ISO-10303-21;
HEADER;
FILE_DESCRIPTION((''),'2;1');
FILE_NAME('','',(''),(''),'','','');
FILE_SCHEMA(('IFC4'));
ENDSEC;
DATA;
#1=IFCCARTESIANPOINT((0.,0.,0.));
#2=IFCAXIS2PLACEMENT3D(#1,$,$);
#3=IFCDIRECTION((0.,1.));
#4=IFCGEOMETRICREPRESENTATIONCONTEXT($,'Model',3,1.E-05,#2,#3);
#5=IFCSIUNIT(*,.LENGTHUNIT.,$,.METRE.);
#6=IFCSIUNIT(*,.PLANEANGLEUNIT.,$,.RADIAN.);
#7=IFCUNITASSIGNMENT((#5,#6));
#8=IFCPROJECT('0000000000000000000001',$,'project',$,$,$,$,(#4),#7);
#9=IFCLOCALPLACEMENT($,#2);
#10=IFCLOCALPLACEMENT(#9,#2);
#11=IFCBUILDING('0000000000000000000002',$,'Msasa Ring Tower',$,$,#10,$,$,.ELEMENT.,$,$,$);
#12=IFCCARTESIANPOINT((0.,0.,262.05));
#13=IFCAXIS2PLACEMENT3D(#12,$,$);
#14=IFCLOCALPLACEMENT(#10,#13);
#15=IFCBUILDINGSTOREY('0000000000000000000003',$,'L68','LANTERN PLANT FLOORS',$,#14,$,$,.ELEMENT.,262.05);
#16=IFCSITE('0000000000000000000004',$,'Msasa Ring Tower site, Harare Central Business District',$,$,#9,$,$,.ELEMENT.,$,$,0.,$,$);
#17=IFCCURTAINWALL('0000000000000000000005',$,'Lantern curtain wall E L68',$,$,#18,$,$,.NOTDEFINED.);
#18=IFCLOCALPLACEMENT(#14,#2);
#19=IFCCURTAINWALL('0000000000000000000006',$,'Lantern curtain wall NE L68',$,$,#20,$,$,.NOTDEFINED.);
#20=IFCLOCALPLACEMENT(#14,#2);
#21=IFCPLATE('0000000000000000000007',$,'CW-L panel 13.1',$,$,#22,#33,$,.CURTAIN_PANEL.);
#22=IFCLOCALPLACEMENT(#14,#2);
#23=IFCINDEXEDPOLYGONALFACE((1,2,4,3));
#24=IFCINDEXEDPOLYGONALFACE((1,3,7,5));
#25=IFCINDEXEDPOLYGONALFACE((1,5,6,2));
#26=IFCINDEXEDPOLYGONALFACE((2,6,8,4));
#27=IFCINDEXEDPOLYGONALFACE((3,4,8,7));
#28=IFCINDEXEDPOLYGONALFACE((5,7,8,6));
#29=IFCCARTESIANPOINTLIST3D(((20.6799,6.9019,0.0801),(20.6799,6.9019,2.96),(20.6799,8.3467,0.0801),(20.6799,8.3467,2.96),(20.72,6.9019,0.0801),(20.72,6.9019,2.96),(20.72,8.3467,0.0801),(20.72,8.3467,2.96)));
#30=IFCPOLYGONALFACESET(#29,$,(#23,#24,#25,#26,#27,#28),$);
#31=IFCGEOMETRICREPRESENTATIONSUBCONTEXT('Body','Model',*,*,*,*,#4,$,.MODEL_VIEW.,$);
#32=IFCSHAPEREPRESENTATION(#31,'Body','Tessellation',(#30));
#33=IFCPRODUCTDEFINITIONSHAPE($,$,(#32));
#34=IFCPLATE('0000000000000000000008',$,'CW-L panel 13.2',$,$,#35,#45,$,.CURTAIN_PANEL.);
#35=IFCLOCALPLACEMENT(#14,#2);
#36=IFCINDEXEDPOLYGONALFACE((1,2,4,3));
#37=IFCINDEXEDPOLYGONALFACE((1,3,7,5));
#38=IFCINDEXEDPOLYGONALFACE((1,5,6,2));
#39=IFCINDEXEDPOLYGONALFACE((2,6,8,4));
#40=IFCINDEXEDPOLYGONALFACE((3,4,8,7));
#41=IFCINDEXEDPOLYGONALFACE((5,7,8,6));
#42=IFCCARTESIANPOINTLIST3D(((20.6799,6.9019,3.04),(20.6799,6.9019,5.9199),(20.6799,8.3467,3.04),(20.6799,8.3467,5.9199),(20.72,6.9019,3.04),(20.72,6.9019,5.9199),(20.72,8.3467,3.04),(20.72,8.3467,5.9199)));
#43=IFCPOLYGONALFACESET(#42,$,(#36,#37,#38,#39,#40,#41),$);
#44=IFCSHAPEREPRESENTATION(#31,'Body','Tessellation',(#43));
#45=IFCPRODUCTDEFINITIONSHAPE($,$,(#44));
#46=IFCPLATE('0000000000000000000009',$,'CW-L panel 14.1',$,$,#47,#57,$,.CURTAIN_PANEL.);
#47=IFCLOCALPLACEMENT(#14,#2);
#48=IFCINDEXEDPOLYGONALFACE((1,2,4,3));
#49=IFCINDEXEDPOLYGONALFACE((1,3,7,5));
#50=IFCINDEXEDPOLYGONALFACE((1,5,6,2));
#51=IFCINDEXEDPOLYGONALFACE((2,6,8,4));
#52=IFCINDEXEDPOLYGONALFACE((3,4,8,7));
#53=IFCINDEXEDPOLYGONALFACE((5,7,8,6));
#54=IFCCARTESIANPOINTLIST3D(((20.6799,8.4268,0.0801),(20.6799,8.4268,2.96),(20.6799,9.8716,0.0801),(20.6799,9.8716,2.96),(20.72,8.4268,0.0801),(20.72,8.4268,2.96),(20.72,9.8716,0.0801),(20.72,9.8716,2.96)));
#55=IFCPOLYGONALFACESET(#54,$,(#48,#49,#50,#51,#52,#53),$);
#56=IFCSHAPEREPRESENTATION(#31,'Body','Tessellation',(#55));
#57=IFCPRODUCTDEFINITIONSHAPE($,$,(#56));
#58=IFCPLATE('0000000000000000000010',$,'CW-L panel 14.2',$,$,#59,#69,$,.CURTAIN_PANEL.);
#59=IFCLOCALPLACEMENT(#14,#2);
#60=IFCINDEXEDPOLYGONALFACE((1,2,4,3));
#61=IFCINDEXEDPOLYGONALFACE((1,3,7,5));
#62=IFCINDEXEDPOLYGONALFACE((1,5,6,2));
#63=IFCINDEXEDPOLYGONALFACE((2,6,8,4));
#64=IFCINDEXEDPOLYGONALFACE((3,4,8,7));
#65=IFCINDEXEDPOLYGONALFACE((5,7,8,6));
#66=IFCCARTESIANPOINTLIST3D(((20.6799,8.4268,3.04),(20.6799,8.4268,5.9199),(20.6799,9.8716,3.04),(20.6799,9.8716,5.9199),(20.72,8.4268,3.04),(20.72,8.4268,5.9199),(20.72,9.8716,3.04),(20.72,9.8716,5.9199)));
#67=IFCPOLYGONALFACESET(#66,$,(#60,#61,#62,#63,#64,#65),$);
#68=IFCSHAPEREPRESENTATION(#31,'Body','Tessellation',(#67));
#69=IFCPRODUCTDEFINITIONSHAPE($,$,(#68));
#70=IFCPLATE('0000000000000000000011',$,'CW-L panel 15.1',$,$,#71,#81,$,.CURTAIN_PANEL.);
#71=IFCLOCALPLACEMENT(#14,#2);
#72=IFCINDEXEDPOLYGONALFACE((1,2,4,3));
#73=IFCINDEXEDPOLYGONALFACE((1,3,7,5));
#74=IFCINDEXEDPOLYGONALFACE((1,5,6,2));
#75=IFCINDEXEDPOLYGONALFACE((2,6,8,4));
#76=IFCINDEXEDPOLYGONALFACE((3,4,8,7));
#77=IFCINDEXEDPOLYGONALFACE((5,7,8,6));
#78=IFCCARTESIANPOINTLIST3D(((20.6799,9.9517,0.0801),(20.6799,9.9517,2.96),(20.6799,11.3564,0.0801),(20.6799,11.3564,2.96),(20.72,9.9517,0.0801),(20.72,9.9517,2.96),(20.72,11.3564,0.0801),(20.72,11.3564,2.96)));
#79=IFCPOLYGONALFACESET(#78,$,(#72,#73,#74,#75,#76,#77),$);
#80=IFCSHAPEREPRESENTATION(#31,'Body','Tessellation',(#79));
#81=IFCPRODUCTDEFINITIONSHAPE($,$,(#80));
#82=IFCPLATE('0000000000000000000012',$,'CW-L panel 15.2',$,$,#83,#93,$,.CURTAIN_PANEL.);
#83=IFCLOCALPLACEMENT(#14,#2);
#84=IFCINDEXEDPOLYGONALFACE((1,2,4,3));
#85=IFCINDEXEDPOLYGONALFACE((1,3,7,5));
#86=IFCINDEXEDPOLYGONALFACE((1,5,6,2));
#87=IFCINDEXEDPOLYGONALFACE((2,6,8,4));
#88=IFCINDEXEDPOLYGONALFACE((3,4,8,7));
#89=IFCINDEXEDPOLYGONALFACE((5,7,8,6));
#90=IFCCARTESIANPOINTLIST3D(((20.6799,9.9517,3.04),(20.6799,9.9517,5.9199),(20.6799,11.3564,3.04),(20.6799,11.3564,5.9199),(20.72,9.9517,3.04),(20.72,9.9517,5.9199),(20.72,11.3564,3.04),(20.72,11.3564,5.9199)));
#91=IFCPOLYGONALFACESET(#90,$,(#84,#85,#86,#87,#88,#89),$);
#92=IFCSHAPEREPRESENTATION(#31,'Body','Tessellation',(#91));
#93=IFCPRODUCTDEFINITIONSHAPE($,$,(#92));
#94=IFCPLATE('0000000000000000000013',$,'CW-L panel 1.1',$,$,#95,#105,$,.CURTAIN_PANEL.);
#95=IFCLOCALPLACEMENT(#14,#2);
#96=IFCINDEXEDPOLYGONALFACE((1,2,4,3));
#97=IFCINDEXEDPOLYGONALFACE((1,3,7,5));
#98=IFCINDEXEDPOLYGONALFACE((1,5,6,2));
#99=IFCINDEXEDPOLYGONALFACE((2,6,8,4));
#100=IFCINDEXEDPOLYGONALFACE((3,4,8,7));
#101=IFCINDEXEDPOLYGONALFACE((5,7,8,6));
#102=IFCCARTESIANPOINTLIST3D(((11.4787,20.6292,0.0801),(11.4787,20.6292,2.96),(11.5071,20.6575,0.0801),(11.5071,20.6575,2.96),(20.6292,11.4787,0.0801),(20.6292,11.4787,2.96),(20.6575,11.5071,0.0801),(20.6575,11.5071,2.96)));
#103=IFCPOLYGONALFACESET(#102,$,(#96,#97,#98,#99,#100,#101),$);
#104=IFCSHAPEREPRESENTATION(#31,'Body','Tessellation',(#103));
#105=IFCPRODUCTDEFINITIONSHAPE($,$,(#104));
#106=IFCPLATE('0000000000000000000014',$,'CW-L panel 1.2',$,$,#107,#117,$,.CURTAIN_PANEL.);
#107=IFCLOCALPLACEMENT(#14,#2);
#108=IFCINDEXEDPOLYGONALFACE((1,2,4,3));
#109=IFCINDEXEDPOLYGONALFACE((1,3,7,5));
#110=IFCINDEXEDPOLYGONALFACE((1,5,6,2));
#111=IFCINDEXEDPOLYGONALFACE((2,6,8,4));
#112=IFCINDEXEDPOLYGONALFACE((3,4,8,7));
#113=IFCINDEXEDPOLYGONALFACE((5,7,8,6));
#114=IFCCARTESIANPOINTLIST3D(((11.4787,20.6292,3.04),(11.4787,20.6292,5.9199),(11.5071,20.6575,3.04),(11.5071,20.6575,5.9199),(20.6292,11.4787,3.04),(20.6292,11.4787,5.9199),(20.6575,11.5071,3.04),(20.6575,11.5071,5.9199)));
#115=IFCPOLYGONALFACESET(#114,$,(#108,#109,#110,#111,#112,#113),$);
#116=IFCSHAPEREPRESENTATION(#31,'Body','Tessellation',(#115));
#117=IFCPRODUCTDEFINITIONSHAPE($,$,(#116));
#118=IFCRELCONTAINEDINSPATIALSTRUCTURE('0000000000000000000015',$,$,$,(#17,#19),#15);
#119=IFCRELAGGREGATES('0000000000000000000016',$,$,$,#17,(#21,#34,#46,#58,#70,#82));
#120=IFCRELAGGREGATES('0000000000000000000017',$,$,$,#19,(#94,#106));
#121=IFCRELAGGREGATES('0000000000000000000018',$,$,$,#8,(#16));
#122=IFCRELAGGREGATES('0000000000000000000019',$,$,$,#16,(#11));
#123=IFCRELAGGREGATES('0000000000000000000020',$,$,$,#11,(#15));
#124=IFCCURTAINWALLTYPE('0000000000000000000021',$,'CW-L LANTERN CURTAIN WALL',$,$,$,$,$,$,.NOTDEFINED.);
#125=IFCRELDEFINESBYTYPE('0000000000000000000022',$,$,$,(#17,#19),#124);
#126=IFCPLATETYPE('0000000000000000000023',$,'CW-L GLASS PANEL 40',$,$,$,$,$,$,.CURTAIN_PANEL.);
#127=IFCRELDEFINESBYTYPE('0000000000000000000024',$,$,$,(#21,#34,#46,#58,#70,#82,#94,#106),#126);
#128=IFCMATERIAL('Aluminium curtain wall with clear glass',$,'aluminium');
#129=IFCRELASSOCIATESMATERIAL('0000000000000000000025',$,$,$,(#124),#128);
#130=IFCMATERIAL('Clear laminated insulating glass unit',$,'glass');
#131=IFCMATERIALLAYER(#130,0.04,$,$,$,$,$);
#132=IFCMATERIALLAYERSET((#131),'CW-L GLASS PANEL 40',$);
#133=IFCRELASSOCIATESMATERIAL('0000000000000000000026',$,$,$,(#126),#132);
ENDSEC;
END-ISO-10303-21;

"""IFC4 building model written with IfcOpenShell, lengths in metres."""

from ifc_helpers import new_model, si_unit, direction, frame, origin, origin_2d, place, context, subcontext, project, spatial, rectangle, extrude, material, layer, layer_set, type_object, element, aggregate, save


model = new_model("IFC4")

# Units and contexts
model_context = context("Model", 3, precision=1e-05, world=origin(), true_north=direction((0.0, 1.0)))
body_context = subcontext(model_context, "Body", "Model", "MODEL_VIEW")
ifc_project = project(units=[si_unit("LENGTHUNIT", "METRE"), si_unit("PLANEANGLEUNIT", "RADIAN")], contexts=[model_context])

# Site, building, storey
site_placement = place(None, origin())
site = spatial("IfcSite", under=ifc_project, at=site_placement, Name="Msasa Ring Tower site, Harare Central Business District", CompositionType="ELEMENT", RefElevation=0.0)
building_placement = place(site_placement, origin())
building = spatial("IfcBuilding", under=site, at=building_placement, Name="Msasa Ring Tower", CompositionType="ELEMENT")
storey_placement = place(building_placement, frame((0.0, 0.0, 262.05)))
storey = spatial("IfcBuildingStorey", under=building, at=storey_placement, Name="L68", Description="LANTERN PLANT FLOORS", CompositionType="ELEMENT", Elevation=262.05)

# Curtain walls
ifc_material_1 = material(Name="Aluminium curtain wall with clear glass", Category="aluminium")
curtain_wall_type = type_object("IfcCurtainWallType", Name="CW-L LANTERN CURTAIN WALL", PredefinedType="NOTDEFINED", material=ifc_material_1)
curtain_wall_1_placement = place(storey_placement, origin())
curtain_wall_1 = element("IfcCurtainWall", 1, at=curtain_wall_1_placement, inside=storey, type_object=curtain_wall_type, Name="Lantern curtain wall E L68", PredefinedType="NOTDEFINED")
curtain_wall_2_placement = place(storey_placement, origin())
curtain_wall_2 = element("IfcCurtainWall", 2, at=curtain_wall_2_placement, inside=storey, type_object=curtain_wall_type, Name="Lantern curtain wall NE L68", PredefinedType="NOTDEFINED")

# Plates
ifc_material_2 = material(Name="Clear laminated insulating glass unit", Category="glass")
ifc_layer = layer(ifc_material_2, 0.04)
ifc_layer_set = layer_set([ifc_layer], Name="CW-L GLASS PANEL 40")
plate_type = type_object("IfcPlateType", Name="CW-L GLASS PANEL 40", PredefinedType="CURTAIN_PANEL", material=ifc_layer_set)
plate_1_placement = place(storey_placement, frame((20.7, 7.6243, 0.0801), z_axis=(0.0, 0.0, 1.0), x_axis=(0.0, 1.0, 0.0)))
plate_1 = element("IfcPlate", 3, at=plate_1_placement, type_object=plate_type, Name="CW-L panel 13.1", PredefinedType="CURTAIN_PANEL", context=body_context, shape_type="SweptSolid", body=[
    extrude(rectangle(XDim=1.4448, YDim=0.04, at=origin_2d()), origin(), (0.0, 0.0, 1.0), 2.8799),
])
plate_2_placement = place(storey_placement, frame((20.7, 7.6243, 3.04), z_axis=(0.0, 0.0, 1.0), x_axis=(0.0, 1.0, 0.0)))
plate_2 = element("IfcPlate", 4, at=plate_2_placement, type_object=plate_type, Name="CW-L panel 13.2", PredefinedType="CURTAIN_PANEL", context=body_context, shape_type="SweptSolid", body=[
    extrude(rectangle(XDim=1.4448, YDim=0.04, at=origin_2d()), origin(), (0.0, 0.0, 1.0), 2.8799),
])
plate_3_placement = place(storey_placement, frame((20.7, 9.1492, 0.0801), z_axis=(0.0, 0.0, 1.0), x_axis=(0.0, 1.0, 0.0)))
plate_3 = element("IfcPlate", 5, at=plate_3_placement, type_object=plate_type, Name="CW-L panel 14.1", PredefinedType="CURTAIN_PANEL", context=body_context, shape_type="SweptSolid", body=[
    extrude(rectangle(XDim=1.4448, YDim=0.04, at=origin_2d()), origin(), (0.0, 0.0, 1.0), 2.8799),
])
plate_4_placement = place(storey_placement, frame((20.7, 9.1492, 3.04), z_axis=(0.0, 0.0, 1.0), x_axis=(0.0, 1.0, 0.0)))
plate_4 = element("IfcPlate", 6, at=plate_4_placement, type_object=plate_type, Name="CW-L panel 14.2", PredefinedType="CURTAIN_PANEL", context=body_context, shape_type="SweptSolid", body=[
    extrude(rectangle(XDim=1.4448, YDim=0.04, at=origin_2d()), origin(), (0.0, 0.0, 1.0), 2.8799),
])
plate_5_placement = place(storey_placement, frame((20.7, 10.6541, 0.0801), z_axis=(0.0, 0.0, 1.0), x_axis=(0.0, 1.0, 0.0)))
plate_5 = element("IfcPlate", 7, at=plate_5_placement, type_object=plate_type, Name="CW-L panel 15.1", PredefinedType="CURTAIN_PANEL", context=body_context, shape_type="SweptSolid", body=[
    extrude(rectangle(XDim=1.4048, YDim=0.04, at=origin_2d()), origin(), (0.0, 0.0, 1.0), 2.8799),
])
plate_6_placement = place(storey_placement, frame((20.7, 10.6541, 3.04), z_axis=(0.0, 0.0, 1.0), x_axis=(0.0, 1.0, 0.0)))
plate_6 = element("IfcPlate", 8, at=plate_6_placement, type_object=plate_type, Name="CW-L panel 15.2", PredefinedType="CURTAIN_PANEL", context=body_context, shape_type="SweptSolid", body=[
    extrude(rectangle(XDim=1.4048, YDim=0.04, at=origin_2d()), origin(), (0.0, 0.0, 1.0), 2.8799),
])
aggregate(curtain_wall_1, [plate_1, plate_2, plate_3, plate_4, plate_5, plate_6])
plate_7_placement = place(storey_placement, frame((16.0681, 16.0681, 0.0801), z_axis=(0.0, 0.0, 1.0), x_axis=(-0.707107, 0.707107, 0.0)))
plate_7 = element("IfcPlate", 9, at=plate_7_placement, type_object=plate_type, Name="CW-L panel 1.1", PredefinedType="CURTAIN_PANEL", context=body_context, shape_type="SweptSolid", body=[
    extrude(rectangle(XDim=12.9407, YDim=0.04, at=origin_2d()), origin(), (0.0, 0.0, 1.0), 2.8799),
])
plate_8_placement = place(storey_placement, frame((16.0681, 16.0681, 3.04), z_axis=(0.0, 0.0, 1.0), x_axis=(-0.707107, 0.707107, 0.0)))
plate_8 = element("IfcPlate", 10, at=plate_8_placement, type_object=plate_type, Name="CW-L panel 1.2", PredefinedType="CURTAIN_PANEL", context=body_context, shape_type="SweptSolid", body=[
    extrude(rectangle(XDim=12.9407, YDim=0.04, at=origin_2d()), origin(), (0.0, 0.0, 1.0), 2.8799),
])
aggregate(curtain_wall_2, [plate_7, plate_8])

save(model, "model.ifc")
